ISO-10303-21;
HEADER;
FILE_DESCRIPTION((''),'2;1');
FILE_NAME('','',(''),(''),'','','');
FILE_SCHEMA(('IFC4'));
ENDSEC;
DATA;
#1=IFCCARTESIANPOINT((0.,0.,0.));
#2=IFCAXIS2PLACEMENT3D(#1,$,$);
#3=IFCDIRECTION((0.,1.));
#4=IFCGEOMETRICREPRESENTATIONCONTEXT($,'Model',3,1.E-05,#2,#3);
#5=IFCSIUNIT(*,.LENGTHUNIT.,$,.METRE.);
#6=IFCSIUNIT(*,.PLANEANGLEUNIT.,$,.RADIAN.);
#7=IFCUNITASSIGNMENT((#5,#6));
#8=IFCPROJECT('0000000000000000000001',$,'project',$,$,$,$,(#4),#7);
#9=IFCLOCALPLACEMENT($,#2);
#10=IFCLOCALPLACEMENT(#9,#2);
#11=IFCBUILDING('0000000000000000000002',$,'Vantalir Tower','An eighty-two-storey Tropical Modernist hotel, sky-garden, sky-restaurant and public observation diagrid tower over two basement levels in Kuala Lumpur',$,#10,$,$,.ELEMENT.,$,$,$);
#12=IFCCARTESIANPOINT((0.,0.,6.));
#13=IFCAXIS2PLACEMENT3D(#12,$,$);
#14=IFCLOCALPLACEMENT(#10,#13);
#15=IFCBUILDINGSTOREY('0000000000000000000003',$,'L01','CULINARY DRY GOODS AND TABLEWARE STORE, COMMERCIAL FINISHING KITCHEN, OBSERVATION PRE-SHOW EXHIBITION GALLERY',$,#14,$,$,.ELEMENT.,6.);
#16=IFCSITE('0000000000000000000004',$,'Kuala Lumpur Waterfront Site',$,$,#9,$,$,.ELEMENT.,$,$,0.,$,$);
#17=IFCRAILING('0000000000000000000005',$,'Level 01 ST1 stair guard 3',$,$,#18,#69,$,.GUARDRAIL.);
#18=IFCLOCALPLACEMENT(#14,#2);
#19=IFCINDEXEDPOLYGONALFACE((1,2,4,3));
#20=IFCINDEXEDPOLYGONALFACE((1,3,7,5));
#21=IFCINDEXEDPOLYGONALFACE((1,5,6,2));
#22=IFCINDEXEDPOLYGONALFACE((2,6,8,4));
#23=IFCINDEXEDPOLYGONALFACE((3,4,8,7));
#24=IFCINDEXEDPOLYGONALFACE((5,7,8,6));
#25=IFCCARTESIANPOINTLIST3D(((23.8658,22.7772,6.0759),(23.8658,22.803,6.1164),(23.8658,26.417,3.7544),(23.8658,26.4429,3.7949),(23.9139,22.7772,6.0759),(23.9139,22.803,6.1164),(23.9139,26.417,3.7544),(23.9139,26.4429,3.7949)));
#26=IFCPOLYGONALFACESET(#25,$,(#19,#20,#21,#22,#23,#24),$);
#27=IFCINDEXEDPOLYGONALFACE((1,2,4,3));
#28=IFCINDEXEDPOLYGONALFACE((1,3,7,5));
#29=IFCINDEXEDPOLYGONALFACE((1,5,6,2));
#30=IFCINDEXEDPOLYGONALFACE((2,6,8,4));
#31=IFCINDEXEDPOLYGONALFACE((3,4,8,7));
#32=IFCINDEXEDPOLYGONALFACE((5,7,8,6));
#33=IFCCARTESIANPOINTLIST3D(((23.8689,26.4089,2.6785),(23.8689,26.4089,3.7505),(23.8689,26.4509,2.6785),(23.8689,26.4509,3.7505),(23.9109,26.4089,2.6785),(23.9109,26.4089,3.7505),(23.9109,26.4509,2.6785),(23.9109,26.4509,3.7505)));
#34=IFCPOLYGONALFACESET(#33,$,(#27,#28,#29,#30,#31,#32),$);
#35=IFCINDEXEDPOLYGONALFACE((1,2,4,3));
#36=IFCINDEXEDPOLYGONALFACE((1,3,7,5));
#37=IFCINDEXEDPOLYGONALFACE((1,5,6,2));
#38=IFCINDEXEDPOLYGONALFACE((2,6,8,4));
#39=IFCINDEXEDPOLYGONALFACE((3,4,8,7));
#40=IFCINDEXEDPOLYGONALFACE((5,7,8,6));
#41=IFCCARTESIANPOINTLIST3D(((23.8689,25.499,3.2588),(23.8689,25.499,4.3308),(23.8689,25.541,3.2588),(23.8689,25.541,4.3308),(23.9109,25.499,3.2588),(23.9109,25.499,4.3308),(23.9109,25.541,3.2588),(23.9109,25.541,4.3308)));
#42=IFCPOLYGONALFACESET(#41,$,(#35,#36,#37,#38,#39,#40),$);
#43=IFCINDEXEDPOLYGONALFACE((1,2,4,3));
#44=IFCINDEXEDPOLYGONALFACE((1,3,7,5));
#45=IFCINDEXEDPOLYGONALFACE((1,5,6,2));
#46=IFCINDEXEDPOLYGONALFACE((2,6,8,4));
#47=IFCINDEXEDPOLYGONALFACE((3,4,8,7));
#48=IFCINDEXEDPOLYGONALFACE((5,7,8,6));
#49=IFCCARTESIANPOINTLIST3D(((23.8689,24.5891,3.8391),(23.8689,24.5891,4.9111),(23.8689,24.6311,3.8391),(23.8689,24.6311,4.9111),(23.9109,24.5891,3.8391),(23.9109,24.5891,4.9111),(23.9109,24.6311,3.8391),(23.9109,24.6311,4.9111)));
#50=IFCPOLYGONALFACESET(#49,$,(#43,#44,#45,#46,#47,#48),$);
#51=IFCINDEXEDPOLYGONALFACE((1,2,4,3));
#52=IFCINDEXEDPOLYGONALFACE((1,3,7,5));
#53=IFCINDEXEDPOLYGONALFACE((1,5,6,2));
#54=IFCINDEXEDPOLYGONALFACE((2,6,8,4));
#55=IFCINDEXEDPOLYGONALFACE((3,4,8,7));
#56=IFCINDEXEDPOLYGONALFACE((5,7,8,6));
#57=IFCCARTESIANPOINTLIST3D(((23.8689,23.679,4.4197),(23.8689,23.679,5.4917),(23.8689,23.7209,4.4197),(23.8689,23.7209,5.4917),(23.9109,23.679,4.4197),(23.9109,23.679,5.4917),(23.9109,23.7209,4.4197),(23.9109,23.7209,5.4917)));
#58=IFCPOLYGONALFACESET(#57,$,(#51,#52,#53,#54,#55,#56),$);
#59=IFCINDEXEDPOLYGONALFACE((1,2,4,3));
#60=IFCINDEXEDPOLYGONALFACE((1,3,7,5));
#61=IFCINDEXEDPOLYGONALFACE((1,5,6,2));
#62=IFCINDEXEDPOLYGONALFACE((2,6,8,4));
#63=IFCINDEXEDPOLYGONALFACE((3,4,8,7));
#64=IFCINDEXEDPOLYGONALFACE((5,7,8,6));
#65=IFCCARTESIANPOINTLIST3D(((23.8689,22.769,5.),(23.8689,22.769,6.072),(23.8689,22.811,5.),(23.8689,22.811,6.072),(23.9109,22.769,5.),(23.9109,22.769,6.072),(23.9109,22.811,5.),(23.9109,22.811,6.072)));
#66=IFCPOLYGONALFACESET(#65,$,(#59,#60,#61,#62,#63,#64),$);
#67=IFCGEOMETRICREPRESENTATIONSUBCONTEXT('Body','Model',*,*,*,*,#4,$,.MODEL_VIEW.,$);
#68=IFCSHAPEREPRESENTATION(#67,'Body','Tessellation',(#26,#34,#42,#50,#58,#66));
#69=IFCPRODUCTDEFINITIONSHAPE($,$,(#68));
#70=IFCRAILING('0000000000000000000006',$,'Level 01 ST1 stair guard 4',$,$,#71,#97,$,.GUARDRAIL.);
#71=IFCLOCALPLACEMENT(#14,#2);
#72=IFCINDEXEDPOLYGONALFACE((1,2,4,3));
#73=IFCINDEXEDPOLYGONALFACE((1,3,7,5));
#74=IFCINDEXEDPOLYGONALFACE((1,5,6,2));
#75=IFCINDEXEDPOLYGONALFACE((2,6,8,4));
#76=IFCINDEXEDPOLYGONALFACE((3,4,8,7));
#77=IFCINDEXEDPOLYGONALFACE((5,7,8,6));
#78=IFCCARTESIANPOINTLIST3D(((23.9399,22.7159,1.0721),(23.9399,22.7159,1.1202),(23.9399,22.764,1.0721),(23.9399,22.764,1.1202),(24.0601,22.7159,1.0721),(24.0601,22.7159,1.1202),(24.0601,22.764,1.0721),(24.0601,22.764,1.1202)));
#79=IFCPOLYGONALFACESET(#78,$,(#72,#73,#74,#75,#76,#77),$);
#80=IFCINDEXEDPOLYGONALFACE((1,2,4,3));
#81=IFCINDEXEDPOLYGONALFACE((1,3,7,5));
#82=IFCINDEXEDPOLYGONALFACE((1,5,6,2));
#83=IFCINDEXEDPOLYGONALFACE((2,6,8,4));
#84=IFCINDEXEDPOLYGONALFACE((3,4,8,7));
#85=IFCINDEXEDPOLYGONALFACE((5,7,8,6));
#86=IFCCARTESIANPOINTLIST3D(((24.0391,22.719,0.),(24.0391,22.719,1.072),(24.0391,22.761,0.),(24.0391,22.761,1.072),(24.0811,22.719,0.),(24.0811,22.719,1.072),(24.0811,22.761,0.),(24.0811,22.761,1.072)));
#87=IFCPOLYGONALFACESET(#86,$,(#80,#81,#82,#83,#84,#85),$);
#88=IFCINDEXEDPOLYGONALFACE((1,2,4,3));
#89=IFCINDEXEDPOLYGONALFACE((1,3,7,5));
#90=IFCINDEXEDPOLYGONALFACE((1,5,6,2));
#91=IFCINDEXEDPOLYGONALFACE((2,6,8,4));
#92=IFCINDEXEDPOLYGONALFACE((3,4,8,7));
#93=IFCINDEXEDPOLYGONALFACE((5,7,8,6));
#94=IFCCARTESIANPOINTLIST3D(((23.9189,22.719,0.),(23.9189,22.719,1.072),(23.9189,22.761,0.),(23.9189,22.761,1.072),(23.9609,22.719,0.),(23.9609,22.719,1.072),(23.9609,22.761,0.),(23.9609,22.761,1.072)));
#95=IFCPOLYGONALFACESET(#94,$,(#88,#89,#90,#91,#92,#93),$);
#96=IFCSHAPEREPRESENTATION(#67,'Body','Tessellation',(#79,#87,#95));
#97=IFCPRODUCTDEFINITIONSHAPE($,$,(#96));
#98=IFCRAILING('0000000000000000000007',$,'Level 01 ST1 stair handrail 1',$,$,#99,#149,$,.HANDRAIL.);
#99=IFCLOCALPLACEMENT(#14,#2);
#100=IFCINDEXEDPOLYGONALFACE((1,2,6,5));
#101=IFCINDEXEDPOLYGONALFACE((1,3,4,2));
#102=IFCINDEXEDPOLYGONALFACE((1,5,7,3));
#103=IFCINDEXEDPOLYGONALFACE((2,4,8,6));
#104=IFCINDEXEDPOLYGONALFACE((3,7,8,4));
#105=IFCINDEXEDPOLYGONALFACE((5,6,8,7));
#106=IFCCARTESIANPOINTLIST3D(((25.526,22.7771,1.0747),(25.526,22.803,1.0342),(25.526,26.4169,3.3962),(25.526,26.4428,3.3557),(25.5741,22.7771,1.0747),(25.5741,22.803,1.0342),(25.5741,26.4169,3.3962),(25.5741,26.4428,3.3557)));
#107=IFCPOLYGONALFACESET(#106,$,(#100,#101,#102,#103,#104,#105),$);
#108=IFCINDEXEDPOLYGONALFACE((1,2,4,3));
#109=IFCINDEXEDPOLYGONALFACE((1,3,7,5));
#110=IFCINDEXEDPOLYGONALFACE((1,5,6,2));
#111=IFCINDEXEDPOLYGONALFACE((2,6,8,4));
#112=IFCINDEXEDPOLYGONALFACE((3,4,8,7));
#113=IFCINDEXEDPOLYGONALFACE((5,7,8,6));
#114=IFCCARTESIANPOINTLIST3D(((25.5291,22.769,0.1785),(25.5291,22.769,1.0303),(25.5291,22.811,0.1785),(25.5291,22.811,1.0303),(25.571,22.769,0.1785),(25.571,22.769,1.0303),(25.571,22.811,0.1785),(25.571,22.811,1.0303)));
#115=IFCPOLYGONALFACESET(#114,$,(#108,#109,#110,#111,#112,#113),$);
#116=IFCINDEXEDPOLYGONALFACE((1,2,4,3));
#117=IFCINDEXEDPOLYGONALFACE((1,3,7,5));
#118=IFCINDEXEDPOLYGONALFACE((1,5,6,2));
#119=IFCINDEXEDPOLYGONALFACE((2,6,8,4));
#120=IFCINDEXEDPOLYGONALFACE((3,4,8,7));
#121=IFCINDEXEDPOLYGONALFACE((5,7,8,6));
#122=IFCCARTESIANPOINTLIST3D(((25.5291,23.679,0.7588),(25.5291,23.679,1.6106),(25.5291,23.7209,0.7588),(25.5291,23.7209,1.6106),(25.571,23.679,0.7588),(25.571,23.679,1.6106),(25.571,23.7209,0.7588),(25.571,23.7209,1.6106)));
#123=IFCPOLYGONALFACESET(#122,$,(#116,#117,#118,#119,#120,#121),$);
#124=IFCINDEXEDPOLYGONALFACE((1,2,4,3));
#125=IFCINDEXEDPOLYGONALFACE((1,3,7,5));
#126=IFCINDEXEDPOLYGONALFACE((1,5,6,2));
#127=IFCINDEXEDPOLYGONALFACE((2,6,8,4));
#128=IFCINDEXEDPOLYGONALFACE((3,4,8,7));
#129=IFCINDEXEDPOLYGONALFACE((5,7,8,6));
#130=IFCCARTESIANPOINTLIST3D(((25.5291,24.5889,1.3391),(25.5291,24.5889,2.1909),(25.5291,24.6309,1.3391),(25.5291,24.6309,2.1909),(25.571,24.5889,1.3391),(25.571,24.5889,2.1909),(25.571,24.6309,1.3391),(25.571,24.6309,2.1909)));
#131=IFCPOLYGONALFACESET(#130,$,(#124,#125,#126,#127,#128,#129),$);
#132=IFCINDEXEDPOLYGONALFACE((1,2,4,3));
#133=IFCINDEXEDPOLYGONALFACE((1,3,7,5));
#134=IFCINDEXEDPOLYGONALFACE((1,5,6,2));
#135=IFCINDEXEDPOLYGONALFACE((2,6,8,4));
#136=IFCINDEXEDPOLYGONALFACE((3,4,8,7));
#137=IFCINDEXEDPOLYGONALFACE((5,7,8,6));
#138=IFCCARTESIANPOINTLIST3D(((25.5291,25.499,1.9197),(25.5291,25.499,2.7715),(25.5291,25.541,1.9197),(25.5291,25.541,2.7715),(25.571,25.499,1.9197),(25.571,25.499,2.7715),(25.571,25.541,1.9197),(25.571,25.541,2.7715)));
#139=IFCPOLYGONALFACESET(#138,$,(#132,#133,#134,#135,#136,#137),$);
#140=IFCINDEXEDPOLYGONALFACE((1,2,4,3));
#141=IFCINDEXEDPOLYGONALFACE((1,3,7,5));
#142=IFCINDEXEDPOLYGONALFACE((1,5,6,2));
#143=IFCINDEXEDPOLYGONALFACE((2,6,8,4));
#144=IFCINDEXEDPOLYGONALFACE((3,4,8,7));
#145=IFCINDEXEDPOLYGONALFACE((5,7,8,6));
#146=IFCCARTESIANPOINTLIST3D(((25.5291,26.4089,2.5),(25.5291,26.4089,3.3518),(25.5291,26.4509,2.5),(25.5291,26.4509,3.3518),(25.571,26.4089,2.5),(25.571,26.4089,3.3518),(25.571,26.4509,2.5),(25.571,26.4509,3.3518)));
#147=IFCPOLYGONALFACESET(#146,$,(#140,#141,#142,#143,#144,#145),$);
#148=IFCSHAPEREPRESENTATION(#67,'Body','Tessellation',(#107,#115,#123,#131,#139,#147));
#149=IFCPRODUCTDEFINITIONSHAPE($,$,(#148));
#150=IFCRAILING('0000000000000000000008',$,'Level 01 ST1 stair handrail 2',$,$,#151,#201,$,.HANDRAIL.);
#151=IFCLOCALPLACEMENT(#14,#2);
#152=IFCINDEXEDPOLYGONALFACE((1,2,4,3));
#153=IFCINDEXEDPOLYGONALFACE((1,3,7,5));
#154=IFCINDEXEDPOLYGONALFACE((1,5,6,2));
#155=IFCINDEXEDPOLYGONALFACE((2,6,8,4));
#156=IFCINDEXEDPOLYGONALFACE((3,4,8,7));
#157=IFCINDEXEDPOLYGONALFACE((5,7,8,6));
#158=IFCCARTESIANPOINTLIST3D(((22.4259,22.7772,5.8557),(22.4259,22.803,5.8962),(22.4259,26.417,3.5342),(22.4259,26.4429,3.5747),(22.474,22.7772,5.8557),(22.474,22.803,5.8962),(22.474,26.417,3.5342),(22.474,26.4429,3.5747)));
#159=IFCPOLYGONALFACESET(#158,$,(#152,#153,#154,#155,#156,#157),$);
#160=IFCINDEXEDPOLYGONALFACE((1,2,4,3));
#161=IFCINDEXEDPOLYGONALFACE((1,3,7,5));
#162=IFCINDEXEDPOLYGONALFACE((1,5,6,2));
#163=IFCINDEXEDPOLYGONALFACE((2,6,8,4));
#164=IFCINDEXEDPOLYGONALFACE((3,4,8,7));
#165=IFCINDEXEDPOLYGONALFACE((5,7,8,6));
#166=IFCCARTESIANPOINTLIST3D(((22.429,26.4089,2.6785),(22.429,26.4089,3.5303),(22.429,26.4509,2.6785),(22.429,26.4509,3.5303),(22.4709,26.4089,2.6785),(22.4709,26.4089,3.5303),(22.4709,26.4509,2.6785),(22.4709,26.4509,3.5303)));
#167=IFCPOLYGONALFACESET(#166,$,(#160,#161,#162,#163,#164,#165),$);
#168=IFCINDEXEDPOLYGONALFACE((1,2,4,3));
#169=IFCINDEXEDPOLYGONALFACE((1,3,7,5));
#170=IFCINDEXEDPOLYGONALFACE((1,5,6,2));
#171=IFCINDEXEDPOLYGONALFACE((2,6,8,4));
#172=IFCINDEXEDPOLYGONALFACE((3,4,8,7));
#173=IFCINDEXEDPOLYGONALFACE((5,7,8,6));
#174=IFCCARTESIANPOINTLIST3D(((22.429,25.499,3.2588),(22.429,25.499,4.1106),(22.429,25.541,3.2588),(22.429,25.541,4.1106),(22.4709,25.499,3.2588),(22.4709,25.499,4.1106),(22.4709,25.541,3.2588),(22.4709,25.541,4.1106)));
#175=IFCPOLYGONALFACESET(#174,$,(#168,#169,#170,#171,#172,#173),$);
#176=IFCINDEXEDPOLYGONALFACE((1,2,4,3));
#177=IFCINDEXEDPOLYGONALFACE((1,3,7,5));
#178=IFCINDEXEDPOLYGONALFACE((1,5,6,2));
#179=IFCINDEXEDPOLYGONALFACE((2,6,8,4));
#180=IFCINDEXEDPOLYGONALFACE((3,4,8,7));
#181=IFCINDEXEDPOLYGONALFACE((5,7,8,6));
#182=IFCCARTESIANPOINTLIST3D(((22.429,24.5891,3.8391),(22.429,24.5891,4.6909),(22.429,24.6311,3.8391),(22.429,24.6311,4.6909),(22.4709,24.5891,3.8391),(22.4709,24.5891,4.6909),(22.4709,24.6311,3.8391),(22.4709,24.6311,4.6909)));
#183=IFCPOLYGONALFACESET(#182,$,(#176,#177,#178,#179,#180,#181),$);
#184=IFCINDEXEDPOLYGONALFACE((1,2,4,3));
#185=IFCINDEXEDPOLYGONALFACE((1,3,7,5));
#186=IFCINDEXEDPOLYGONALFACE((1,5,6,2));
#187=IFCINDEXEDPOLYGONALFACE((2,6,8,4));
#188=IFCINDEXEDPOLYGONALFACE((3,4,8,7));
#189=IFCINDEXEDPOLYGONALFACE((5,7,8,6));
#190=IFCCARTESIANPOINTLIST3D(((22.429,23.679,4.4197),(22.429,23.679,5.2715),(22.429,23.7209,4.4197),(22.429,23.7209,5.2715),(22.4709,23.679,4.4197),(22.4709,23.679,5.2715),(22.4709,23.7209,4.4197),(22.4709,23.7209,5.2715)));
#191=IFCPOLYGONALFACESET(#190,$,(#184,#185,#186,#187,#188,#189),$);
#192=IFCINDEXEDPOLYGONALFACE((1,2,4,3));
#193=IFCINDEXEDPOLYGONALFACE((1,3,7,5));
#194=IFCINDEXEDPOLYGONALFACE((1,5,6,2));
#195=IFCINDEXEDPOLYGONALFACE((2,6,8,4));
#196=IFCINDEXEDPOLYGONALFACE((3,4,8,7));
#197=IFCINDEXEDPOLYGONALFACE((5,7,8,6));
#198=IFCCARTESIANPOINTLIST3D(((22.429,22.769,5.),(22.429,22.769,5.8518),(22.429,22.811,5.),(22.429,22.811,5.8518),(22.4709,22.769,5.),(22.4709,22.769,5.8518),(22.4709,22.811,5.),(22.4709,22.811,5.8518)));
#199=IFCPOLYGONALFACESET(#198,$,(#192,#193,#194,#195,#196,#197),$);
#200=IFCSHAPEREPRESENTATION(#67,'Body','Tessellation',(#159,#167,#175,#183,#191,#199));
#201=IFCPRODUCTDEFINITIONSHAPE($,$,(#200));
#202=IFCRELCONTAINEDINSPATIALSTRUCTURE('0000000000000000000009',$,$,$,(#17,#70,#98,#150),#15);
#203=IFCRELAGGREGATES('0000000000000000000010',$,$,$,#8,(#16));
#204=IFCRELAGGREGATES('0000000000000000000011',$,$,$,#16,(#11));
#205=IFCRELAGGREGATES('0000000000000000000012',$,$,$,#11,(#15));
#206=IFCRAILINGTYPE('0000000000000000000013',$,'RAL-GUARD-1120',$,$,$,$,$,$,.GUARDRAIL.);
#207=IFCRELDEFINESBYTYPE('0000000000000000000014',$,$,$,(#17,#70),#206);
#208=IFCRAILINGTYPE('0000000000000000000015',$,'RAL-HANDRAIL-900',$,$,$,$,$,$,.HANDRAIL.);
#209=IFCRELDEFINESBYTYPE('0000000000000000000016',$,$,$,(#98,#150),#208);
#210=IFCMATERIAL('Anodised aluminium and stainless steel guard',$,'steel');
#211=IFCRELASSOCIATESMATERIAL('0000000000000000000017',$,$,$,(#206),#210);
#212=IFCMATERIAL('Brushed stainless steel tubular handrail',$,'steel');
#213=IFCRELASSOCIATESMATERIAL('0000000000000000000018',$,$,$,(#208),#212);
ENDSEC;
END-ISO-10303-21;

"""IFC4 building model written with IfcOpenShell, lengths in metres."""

from ifc_helpers import new_model, si_unit, direction, frame, origin, origin_2d, place, context, subcontext, project, spatial, rectangle, extrude, material, type_object, element, save


model = new_model("IFC4")

# Units and contexts
model_context = context("Model", 3, precision=1e-05, world=origin(), true_north=direction((0.0, 1.0)))
body_context = subcontext(model_context, "Body", "Model", "MODEL_VIEW")
ifc_project = project(units=[si_unit("LENGTHUNIT", "METRE"), si_unit("PLANEANGLEUNIT", "RADIAN")], contexts=[model_context])

# Site, building, storey
site_placement = place(None, origin())
site = spatial("IfcSite", under=ifc_project, at=site_placement, Name="Kuala Lumpur Waterfront Site", CompositionType="ELEMENT", RefElevation=0.0)
building_placement = place(site_placement, origin())
building = spatial("IfcBuilding", under=site, at=building_placement, Name="Vantalir Tower", Description="An eighty-two-storey Tropical Modernist hotel, sky-garden, sky-restaurant and public observation diagrid tower over two basement levels in Kuala Lumpur", CompositionType="ELEMENT")
storey_placement = place(building_placement, frame((0.0, 0.0, 6.0)))
storey = spatial("IfcBuildingStorey", under=building, at=storey_placement, Name="L01", Description="CULINARY DRY GOODS AND TABLEWARE STORE, COMMERCIAL FINISHING KITCHEN, OBSERVATION PRE-SHOW EXHIBITION GALLERY", CompositionType="ELEMENT", Elevation=6.0)

# Railings
ifc_material_1 = material(Name="Anodised aluminium and stainless steel guard", Category="steel")
railing_type_1 = type_object("IfcRailingType", Name="RAL-GUARD-1120", PredefinedType="GUARDRAIL", material=ifc_material_1)
railing_1_placement = place(storey_placement, frame((23.8899, 26.4299, 2.6785)))
element("IfcRailing", 1, at=railing_1_placement, inside=storey, type_object=railing_type_1, Name="Level 01 ST1 stair guard 3", PredefinedType="GUARDRAIL", context=body_context, shape_type="SweptSolid", body=[
    extrude(rectangle(XDim=0.0481, YDim=0.0481, at=origin_2d()), frame((0.0, 0.0, 1.0962), z_axis=(0.0, -0.843112, 0.537739), x_axis=(1.0, 0.0, 0.0)), (0.0, 0.0, 1.0), 4.3171),
    extrude(rectangle(XDim=0.042, YDim=0.042, at=origin_2d()), origin(), (0.0, 0.0, 1.0), 1.072),
    extrude(rectangle(XDim=0.042, YDim=0.042, at=origin_2d()), frame((0.0, -0.9099, 0.5803)), (0.0, 0.0, 1.0), 1.072),
    extrude(rectangle(XDim=0.042, YDim=0.042, at=origin_2d()), frame((0.0, -1.8198, 1.1606)), (0.0, 0.0, 1.0), 1.072),
    extrude(rectangle(XDim=0.042, YDim=0.042, at=origin_2d()), frame((0.0, -2.73, 1.7412)), (0.0, 0.0, 1.0), 1.072),
    extrude(rectangle(XDim=0.042, YDim=0.042, at=origin_2d()), frame((0.0, -3.6399, 2.3215)), (0.0, 0.0, 1.0), 1.072),
])
railing_2_placement = place(storey_placement, frame((24.0601, 22.74, 0.0)))
element("IfcRailing", 2, at=railing_2_placement, inside=storey, type_object=railing_type_1, Name="Level 01 ST1 stair guard 4", PredefinedType="GUARDRAIL", context=body_context, shape_type="SweptSolid", body=[
    extrude(rectangle(XDim=0.0481, YDim=0.0481, at=origin_2d()), frame((0.0, 0.0, 1.0962), z_axis=(-1.0, 0.0, 0.0), x_axis=(0.0, -1.0, 0.0)), (0.0, 0.0, 1.0), 0.1201),
    extrude(rectangle(XDim=0.042, YDim=0.042, at=origin_2d()), origin(), (0.0, 0.0, 1.0), 1.072),
    extrude(rectangle(XDim=0.042, YDim=0.042, at=origin_2d()), frame((-0.1201, 0.0, 0.0)), (0.0, 0.0, 1.0), 1.072),
])
ifc_material_2 = material(Name="Brushed stainless steel tubular handrail", Category="steel")
railing_type_2 = type_object("IfcRailingType", Name="RAL-HANDRAIL-900", PredefinedType="HANDRAIL", material=ifc_material_2)
railing_3_placement = place(storey_placement, frame((25.55, 22.79, 0.1785)))
element("IfcRailing", 3, at=railing_3_placement, inside=storey, type_object=railing_type_2, Name="Level 01 ST1 stair handrail 1", PredefinedType="HANDRAIL", context=body_context, shape_type="SweptSolid", body=[
    extrude(rectangle(XDim=0.0481, YDim=0.0481, at=origin_2d()), frame((0.0, 0.0, 0.876), z_axis=(0.0, 0.843112, 0.537739), x_axis=(-1.0, 0.0, 0.0)), (0.0, 0.0, 1.0), 4.3171),
    extrude(rectangle(XDim=0.042, YDim=0.042, at=origin_2d()), origin(), (0.0, 0.0, 1.0), 0.8518),
    extrude(rectangle(XDim=0.042, YDim=0.042, at=origin_2d()), frame((0.0, 0.9099, 0.5803)), (0.0, 0.0, 1.0), 0.8518),
    extrude(rectangle(XDim=0.042, YDim=0.042, at=origin_2d()), frame((0.0, 1.8198, 1.1606)), (0.0, 0.0, 1.0), 0.8518),
    extrude(rectangle(XDim=0.042, YDim=0.042, at=origin_2d()), frame((0.0, 2.73, 1.7412)), (0.0, 0.0, 1.0), 0.8518),
    extrude(rectangle(XDim=0.042, YDim=0.042, at=origin_2d()), frame((0.0, 3.6399, 2.3215)), (0.0, 0.0, 1.0), 0.8518),
])
railing_4_placement = place(storey_placement, frame((22.45, 26.4299, 2.6785)))
element("IfcRailing", 4, at=railing_4_placement, inside=storey, type_object=railing_type_2, Name="Level 01 ST1 stair handrail 2", PredefinedType="HANDRAIL", context=body_context, shape_type="SweptSolid", body=[
    extrude(rectangle(XDim=0.0481, YDim=0.0481, at=origin_2d()), frame((0.0, 0.0, 0.876), z_axis=(0.0, -0.843112, 0.537739), x_axis=(1.0, 0.0, 0.0)), (0.0, 0.0, 1.0), 4.3171),
    extrude(rectangle(XDim=0.042, YDim=0.042, at=origin_2d()), origin(), (0.0, 0.0, 1.0), 0.8518),
    extrude(rectangle(XDim=0.042, YDim=0.042, at=origin_2d()), frame((0.0, -0.9099, 0.5803)), (0.0, 0.0, 1.0), 0.8518),
    extrude(rectangle(XDim=0.042, YDim=0.042, at=origin_2d()), frame((0.0, -1.8198, 1.1606)), (0.0, 0.0, 1.0), 0.8518),
    extrude(rectangle(XDim=0.042, YDim=0.042, at=origin_2d()), frame((0.0, -2.73, 1.7412)), (0.0, 0.0, 1.0), 0.8518),
    extrude(rectangle(XDim=0.042, YDim=0.042, at=origin_2d()), frame((0.0, -3.6399, 2.3215)), (0.0, 0.0, 1.0), 0.8518),
])

save(model, "model.ifc")
